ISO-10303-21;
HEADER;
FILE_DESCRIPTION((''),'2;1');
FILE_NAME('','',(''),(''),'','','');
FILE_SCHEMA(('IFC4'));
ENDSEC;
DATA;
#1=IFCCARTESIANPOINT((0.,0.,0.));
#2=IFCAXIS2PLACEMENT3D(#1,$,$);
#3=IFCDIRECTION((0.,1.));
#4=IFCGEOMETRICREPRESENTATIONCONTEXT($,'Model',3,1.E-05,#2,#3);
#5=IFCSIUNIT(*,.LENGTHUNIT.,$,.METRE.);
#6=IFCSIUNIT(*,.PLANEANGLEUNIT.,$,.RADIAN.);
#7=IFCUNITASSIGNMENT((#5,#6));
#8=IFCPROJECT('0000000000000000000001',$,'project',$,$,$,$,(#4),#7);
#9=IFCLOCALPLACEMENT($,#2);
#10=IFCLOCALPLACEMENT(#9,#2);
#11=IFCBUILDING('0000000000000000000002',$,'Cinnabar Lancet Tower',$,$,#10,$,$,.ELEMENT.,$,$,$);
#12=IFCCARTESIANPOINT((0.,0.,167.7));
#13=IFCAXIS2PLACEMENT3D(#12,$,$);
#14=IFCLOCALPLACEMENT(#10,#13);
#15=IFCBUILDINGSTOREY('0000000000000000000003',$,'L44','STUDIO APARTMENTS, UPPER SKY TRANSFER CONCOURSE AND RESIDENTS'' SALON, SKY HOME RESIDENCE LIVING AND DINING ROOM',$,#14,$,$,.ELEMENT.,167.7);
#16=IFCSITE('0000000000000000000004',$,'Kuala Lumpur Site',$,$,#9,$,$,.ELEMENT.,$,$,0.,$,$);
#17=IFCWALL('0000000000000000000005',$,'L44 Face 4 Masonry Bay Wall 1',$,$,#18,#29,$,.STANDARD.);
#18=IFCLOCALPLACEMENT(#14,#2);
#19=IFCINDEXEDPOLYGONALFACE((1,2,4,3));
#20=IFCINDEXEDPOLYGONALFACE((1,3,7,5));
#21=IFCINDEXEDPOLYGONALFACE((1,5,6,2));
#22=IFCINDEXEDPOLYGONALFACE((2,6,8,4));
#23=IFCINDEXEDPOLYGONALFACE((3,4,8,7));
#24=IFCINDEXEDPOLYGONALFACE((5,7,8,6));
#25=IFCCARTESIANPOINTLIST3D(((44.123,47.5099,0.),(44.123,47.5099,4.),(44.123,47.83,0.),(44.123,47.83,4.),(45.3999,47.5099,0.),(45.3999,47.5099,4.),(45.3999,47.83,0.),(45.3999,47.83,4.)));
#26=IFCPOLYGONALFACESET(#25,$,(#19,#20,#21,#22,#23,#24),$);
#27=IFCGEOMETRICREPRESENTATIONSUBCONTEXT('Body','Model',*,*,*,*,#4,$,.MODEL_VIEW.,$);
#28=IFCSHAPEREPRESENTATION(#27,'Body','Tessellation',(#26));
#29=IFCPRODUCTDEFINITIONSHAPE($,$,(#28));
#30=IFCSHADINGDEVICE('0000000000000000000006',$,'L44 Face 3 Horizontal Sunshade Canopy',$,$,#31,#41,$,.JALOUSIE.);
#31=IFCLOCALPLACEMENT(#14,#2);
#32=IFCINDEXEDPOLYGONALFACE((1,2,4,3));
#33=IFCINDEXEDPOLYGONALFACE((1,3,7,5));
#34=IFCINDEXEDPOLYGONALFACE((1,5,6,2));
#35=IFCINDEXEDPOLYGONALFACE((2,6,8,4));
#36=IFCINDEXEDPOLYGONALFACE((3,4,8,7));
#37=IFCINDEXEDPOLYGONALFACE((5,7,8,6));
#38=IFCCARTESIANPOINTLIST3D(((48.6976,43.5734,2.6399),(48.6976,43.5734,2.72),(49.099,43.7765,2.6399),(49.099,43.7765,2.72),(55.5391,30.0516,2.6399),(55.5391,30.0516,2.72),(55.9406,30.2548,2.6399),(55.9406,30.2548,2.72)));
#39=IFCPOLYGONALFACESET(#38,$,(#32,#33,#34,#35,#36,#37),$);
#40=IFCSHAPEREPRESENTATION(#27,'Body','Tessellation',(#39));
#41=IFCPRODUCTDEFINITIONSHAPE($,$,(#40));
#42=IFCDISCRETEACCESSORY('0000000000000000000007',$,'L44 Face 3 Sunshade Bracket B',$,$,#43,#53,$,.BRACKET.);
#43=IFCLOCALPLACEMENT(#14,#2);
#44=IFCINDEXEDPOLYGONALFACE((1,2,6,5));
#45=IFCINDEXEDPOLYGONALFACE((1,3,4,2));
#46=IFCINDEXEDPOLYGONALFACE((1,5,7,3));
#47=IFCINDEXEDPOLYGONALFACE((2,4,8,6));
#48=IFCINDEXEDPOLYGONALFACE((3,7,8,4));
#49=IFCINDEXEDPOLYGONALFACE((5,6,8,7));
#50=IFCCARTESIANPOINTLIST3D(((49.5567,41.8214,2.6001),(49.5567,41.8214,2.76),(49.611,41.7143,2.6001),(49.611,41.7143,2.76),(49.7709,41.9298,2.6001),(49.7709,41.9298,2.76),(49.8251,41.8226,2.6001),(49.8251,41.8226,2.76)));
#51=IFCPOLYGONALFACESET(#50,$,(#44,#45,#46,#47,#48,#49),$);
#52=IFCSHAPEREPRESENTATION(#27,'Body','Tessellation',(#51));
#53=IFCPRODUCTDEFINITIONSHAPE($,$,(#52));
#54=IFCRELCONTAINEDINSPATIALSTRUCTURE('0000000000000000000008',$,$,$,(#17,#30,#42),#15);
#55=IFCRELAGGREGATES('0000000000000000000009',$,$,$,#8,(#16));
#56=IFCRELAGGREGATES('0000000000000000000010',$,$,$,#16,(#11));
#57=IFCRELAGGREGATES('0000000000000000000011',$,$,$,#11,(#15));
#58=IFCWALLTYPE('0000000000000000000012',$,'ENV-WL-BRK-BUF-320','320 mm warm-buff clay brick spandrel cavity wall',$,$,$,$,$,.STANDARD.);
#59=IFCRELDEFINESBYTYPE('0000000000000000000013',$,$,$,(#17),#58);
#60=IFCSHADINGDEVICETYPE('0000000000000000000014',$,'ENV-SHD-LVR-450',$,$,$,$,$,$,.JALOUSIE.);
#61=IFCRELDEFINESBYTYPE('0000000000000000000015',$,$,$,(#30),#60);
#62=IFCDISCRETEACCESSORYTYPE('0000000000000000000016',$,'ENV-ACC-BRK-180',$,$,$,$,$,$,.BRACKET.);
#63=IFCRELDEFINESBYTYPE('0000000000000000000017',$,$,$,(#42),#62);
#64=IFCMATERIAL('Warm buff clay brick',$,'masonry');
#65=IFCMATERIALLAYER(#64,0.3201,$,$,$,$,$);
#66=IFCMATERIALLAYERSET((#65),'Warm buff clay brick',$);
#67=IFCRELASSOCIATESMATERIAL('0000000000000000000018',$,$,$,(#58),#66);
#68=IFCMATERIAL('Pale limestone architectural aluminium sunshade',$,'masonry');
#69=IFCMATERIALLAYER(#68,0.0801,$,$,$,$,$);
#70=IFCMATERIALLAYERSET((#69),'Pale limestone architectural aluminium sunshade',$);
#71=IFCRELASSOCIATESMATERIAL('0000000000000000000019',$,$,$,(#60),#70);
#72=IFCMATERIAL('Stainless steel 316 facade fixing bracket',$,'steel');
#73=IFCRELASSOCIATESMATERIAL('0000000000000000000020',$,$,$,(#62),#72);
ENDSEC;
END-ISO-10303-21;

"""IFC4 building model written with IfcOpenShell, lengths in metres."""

from ifc_helpers import new_model, si_unit, direction, frame, frame_2d, origin, origin_2d, place, context, subcontext, project, spatial, rectangle, extrude, material, layer, layer_set, type_object, element, save


model = new_model("IFC4")

# Units and contexts
model_context = context("Model", 3, precision=1e-05, world=origin(), true_north=direction((0.0, 1.0)))
body_context = subcontext(model_context, "Body", "Model", "MODEL_VIEW")
ifc_project = project(units=[si_unit("LENGTHUNIT", "METRE"), si_unit("PLANEANGLEUNIT", "RADIAN")], contexts=[model_context])

# Site, building, storey
site_placement = place(None, origin())
site = spatial("IfcSite", under=ifc_project, at=site_placement, Name="Kuala Lumpur Site", CompositionType="ELEMENT", RefElevation=0.0)
building_placement = place(site_placement, origin())
building = spatial("IfcBuilding", under=site, at=building_placement, Name="Cinnabar Lancet Tower", CompositionType="ELEMENT")
storey_placement = place(building_placement, frame((0.0, 0.0, 167.7)))
storey = spatial("IfcBuildingStorey", under=building, at=storey_placement, Name="L44", Description="STUDIO APARTMENTS, UPPER SKY TRANSFER CONCOURSE AND RESIDENTS' SALON, SKY HOME RESIDENCE LIVING AND DINING ROOM", CompositionType="ELEMENT", Elevation=167.7)

# Shared definitions
ifc_material_1 = material(Name="Warm buff clay brick", Category="masonry")
ifc_layer_1 = layer(ifc_material_1, 0.3201)
ifc_layer_set_1 = layer_set([ifc_layer_1], Name="Warm buff clay brick")
wall_type = type_object("IfcWallType", Name="ENV-WL-BRK-BUF-320", Description="320 mm warm-buff clay brick spandrel cavity wall", PredefinedType="STANDARD", material=ifc_layer_set_1)

# Wall
wall_1_placement = place(storey_placement, frame((45.3999, 47.6699, 0.0), z_axis=(0.0, 0.0, 1.0), x_axis=(-1.0, 0.0, 0.0)))
element("IfcWall", 1, at=wall_1_placement, inside=storey, type_object=wall_type, Name="L44 Face 4 Masonry Bay Wall 1", PredefinedType="STANDARD", context=body_context, shape_type="SweptSolid", body=[
    extrude(rectangle(XDim=1.2769, YDim=0.3201, at=frame_2d((0.6384, 0.0))), origin(), (0.0, 0.0, 1.0), 4.0),
])

# Shading device
ifc_material_2 = material(Name="Pale limestone architectural aluminium sunshade", Category="masonry")
ifc_layer_2 = layer(ifc_material_2, 0.0801)
ifc_layer_set_2 = layer_set([ifc_layer_2], Name="Pale limestone architectural aluminium sunshade")
shading_device_type = type_object("IfcShadingDeviceType", Name="ENV-SHD-LVR-450", PredefinedType="JALOUSIE", material=ifc_layer_set_2)
shading_device_placement = place(storey_placement, frame((52.3191, 36.9141, 2.6399), z_axis=(0.0, 0.0, 1.0), x_axis=(-0.451469, 0.892287, 0.0)))
element("IfcShadingDevice", 2, at=shading_device_placement, inside=storey, type_object=shading_device_type, Name="L44 Face 3 Horizontal Sunshade Canopy", PredefinedType="JALOUSIE", context=body_context, shape_type="SweptSolid", body=[
    extrude(rectangle(XDim=15.1541, YDim=0.45, at=origin_2d()), origin(), (0.0, 0.0, 1.0), 0.0801),
])

# Discrete accessory
ifc_material_3 = material(Name="Stainless steel 316 facade fixing bracket", Category="steel")
discrete_accessory_type = type_object("IfcDiscreteAccessoryType", Name="ENV-ACC-BRK-180", PredefinedType="BRACKET", material=ifc_material_3)
discrete_accessory_placement = place(storey_placement, frame((49.6909, 41.822, 2.6001), z_axis=(0.0, 0.0, 1.0), x_axis=(-0.451469, 0.892287, 0.0)))
element("IfcDiscreteAccessory", 3, at=discrete_accessory_placement, inside=storey, type_object=discrete_accessory_type, Name="L44 Face 3 Sunshade Bracket B", PredefinedType="BRACKET", context=body_context, shape_type="SweptSolid", body=[
    extrude(rectangle(XDim=0.1201, YDim=0.24, at=origin_2d()), origin(), (0.0, 0.0, 1.0), 0.1599),
])

save(model, "model.ifc")
